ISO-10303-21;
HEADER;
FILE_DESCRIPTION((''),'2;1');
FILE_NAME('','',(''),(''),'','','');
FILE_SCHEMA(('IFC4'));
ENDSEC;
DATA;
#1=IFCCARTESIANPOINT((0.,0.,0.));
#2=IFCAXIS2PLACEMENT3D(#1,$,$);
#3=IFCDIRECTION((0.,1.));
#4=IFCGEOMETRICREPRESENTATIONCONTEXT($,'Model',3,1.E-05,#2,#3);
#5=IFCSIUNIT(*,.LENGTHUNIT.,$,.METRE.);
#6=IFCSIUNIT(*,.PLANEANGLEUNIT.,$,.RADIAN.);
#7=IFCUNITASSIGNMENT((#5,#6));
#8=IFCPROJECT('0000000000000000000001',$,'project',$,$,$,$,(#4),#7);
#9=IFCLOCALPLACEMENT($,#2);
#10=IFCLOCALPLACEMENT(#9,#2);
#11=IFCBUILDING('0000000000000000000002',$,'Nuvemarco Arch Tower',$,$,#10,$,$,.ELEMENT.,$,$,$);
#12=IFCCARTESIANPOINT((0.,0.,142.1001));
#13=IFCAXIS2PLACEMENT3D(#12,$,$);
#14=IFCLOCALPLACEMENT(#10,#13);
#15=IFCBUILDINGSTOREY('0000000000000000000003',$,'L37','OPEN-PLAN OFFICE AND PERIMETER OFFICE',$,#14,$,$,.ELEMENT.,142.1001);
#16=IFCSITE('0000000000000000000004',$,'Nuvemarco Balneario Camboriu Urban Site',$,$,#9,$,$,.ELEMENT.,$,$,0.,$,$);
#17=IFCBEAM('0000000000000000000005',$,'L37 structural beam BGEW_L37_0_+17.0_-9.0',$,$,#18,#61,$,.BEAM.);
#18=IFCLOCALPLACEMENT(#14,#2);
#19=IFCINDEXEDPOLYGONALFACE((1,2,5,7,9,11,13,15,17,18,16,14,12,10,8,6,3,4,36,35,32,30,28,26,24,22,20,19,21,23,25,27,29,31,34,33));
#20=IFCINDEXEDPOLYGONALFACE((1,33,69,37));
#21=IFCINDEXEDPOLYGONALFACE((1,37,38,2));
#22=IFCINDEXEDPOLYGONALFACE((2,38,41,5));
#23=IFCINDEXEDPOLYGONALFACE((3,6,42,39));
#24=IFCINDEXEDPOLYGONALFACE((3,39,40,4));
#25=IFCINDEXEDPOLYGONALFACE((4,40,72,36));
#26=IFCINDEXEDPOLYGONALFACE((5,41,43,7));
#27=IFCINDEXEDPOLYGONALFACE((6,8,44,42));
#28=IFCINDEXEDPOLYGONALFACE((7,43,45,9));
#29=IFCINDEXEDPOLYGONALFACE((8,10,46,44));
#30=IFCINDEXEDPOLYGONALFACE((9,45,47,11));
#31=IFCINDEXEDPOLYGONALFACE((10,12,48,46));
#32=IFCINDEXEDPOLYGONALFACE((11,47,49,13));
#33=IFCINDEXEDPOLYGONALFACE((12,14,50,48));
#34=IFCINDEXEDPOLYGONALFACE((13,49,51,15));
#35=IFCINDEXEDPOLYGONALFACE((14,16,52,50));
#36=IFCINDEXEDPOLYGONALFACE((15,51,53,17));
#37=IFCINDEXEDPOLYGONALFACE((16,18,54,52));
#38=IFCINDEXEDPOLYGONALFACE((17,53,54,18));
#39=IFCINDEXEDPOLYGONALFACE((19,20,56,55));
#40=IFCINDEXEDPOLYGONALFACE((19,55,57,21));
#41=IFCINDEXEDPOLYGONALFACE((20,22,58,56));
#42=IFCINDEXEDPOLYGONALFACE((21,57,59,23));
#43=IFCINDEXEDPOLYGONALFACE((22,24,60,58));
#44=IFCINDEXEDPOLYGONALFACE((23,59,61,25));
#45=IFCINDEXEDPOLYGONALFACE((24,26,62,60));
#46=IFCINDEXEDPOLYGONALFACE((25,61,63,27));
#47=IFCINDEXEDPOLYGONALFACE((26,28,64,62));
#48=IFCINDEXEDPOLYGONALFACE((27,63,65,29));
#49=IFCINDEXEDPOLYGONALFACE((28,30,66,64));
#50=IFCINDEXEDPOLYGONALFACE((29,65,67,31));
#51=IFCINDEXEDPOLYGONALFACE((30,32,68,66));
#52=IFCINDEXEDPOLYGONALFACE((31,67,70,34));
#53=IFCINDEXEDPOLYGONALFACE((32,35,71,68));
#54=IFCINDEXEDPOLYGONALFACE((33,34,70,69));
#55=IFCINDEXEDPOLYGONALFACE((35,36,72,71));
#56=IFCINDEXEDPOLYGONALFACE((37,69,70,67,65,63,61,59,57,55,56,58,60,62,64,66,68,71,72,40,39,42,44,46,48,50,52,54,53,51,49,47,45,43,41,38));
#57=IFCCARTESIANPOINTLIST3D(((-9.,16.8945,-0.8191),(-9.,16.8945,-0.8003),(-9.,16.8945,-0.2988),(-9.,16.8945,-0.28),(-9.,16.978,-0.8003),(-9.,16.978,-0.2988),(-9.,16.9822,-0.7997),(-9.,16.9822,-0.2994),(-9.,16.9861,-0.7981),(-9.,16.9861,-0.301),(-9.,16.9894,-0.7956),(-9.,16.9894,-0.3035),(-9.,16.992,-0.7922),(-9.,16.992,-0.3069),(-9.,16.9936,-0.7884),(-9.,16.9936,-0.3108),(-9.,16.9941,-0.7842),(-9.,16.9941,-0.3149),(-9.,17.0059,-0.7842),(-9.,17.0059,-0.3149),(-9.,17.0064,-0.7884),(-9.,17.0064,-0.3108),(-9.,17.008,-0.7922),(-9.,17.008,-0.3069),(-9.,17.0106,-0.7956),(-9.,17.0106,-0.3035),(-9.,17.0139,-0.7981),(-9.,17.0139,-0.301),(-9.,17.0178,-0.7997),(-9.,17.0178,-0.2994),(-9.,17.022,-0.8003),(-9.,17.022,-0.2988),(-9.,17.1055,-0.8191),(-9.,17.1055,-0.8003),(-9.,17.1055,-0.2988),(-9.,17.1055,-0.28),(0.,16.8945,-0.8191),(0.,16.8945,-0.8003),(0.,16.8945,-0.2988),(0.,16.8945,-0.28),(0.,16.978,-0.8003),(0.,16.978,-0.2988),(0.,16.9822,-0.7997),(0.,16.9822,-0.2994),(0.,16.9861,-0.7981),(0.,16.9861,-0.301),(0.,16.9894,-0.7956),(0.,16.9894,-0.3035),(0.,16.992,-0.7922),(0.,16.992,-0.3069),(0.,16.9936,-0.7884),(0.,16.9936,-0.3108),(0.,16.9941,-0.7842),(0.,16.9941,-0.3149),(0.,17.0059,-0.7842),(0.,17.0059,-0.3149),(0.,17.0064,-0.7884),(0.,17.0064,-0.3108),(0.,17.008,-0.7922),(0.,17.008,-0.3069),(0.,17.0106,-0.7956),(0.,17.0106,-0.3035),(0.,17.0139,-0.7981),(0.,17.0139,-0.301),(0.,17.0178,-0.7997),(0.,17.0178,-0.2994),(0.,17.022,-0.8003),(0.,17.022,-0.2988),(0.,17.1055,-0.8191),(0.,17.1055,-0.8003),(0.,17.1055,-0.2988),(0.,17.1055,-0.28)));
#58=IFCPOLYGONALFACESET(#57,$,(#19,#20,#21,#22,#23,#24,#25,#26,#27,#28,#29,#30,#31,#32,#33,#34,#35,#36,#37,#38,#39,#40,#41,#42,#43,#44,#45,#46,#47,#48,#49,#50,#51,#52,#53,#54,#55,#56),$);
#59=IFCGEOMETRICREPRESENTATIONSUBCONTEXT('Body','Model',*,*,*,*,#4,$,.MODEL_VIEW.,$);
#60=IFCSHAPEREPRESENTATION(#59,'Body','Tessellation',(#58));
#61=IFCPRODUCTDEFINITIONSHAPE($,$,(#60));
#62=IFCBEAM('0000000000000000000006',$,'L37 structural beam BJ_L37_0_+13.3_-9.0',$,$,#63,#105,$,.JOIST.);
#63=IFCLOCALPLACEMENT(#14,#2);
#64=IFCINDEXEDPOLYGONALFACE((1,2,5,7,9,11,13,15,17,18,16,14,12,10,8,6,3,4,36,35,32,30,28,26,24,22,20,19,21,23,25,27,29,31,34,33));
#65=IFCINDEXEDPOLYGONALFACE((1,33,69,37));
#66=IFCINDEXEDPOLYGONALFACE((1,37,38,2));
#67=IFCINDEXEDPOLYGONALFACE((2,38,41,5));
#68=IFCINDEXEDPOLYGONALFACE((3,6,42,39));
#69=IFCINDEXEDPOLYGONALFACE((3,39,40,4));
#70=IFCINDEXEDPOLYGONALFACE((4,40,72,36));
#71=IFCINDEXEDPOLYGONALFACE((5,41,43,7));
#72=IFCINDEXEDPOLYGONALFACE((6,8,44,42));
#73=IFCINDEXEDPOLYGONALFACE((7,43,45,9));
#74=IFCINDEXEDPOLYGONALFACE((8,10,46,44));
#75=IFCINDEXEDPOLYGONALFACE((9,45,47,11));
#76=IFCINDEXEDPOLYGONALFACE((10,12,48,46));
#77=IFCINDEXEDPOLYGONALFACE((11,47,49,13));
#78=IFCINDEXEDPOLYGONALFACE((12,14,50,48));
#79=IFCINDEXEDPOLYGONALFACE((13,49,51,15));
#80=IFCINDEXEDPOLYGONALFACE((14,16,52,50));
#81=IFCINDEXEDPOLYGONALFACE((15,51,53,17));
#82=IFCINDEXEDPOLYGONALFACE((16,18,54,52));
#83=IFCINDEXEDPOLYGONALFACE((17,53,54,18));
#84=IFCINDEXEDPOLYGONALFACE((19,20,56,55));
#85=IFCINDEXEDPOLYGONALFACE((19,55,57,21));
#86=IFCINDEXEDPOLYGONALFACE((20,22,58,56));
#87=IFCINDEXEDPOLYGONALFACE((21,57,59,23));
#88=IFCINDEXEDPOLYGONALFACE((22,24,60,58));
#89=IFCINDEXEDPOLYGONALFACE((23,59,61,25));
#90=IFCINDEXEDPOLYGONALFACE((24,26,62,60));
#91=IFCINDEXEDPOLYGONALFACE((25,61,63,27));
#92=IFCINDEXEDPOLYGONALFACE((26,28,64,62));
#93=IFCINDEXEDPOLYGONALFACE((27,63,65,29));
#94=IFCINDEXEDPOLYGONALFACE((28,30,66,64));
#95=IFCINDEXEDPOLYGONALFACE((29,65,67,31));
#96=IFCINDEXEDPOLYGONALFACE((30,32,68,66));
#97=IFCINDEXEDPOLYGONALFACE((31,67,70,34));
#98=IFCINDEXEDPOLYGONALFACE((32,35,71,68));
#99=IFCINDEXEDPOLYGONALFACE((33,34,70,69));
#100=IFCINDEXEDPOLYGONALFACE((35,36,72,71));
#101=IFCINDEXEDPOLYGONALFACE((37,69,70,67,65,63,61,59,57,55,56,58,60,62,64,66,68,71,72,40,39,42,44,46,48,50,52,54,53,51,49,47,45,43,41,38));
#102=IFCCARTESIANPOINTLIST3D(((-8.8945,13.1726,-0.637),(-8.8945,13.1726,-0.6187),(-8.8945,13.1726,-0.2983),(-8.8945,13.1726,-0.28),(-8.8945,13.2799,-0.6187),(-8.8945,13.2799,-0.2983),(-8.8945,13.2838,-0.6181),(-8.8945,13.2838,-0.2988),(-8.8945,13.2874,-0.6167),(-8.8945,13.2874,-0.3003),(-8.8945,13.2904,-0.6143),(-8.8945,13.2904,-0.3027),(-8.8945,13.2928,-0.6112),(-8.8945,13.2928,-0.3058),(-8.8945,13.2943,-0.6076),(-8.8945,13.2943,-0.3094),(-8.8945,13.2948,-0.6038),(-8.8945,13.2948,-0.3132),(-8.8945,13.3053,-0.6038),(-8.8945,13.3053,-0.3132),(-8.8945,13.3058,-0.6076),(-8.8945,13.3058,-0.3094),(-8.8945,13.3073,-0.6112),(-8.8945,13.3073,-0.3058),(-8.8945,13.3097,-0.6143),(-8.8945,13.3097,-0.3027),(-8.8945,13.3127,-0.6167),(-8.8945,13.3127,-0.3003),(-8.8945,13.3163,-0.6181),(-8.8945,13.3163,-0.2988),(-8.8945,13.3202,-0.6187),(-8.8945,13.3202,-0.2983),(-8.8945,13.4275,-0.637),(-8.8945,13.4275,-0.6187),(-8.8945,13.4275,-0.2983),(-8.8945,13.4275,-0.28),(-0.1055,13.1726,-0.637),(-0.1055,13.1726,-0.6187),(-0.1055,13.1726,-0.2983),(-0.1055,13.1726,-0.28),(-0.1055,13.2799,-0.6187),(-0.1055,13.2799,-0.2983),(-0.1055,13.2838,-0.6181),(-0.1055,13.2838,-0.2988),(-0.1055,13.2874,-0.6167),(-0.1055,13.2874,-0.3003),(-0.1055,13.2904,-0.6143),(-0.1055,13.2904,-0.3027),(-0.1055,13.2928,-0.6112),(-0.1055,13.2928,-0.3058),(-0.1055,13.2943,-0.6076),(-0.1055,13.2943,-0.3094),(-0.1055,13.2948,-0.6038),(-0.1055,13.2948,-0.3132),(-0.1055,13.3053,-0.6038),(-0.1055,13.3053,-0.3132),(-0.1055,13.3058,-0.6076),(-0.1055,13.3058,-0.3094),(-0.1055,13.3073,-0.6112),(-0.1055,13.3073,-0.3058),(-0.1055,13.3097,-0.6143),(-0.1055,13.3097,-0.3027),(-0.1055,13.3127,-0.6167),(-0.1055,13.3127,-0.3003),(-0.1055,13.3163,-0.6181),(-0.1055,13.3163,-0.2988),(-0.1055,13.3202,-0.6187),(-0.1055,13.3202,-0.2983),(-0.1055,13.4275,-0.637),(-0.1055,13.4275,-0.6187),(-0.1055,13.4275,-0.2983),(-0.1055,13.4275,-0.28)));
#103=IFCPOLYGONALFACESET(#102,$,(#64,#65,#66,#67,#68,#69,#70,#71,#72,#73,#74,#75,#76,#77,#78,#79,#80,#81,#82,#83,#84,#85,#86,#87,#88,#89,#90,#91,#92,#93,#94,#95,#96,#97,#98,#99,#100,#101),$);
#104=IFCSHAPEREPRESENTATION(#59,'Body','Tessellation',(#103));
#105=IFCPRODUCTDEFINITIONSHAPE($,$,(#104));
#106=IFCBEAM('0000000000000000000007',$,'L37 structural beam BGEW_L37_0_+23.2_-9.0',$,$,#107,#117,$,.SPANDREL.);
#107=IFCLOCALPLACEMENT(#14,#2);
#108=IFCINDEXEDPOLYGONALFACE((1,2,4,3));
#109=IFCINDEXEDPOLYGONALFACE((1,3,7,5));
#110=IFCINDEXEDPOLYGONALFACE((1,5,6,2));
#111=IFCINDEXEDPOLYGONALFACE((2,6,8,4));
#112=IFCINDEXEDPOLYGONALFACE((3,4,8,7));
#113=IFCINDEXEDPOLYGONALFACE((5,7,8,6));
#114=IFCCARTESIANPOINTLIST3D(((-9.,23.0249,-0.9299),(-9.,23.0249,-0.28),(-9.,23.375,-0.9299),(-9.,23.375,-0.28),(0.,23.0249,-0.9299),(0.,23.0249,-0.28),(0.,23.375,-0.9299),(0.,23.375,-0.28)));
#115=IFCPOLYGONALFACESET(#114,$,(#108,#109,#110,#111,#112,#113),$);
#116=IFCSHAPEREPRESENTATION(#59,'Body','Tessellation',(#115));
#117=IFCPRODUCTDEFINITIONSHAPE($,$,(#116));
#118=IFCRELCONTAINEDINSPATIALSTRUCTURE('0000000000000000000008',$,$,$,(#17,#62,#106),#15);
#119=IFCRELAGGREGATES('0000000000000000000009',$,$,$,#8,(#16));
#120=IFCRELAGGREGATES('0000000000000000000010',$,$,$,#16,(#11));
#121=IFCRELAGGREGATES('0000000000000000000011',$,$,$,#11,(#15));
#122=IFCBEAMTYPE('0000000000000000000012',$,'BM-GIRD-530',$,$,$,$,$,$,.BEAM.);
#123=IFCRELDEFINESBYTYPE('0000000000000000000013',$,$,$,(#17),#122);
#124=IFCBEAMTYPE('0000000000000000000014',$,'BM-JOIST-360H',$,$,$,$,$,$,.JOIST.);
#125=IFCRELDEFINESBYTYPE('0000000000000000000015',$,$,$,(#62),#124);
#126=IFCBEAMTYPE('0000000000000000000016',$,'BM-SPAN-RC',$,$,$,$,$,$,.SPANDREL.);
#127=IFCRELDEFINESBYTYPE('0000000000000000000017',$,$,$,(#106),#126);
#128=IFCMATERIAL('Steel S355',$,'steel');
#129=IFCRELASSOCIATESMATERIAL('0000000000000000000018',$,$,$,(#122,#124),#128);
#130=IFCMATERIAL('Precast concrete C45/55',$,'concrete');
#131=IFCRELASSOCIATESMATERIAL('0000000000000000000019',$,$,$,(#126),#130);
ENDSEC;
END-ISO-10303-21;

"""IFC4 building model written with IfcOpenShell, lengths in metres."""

from ifc_helpers import new_model, si_unit, direction, frame, origin, origin_2d, place, context, subcontext, project, spatial, rectangle, i_section, extrude, material, material_profile, profile_set, type_object, element, save


model = new_model("IFC4")

# Units and contexts
model_context = context("Model", 3, precision=1e-05, world=origin(), true_north=direction((0.0, 1.0)))
body_context = subcontext(model_context, "Body", "Model", "MODEL_VIEW")
ifc_project = project(units=[si_unit("LENGTHUNIT", "METRE"), si_unit("PLANEANGLEUNIT", "RADIAN")], contexts=[model_context])

# Site, building, storey
site_placement = place(None, origin())
site = spatial("IfcSite", under=ifc_project, at=site_placement, Name="Nuvemarco Balneario Camboriu Urban Site", CompositionType="ELEMENT", RefElevation=0.0)
building_placement = place(site_placement, origin())
building = spatial("IfcBuilding", under=site, at=building_placement, Name="Nuvemarco Arch Tower", CompositionType="ELEMENT")
storey_placement = place(building_placement, frame((0.0, 0.0, 142.1001)))
storey = spatial("IfcBuildingStorey", under=building, at=storey_placement, Name="L37", Description="OPEN-PLAN OFFICE AND PERIMETER OFFICE", CompositionType="ELEMENT", Elevation=142.1001)

# Shared definitions
ifc_material_1 = material(Name="Steel S355", Category="steel")

# Beams
ifc_material_profile_1 = material_profile(ifc_material_1, i_section(OverallWidth=0.2109, OverallDepth=0.5391, WebThickness=0.0117, FlangeThickness=0.0188, FilletRadius=0.0161, at=origin_2d()), Name="W530x109")
ifc_profile_set_1 = profile_set([ifc_material_profile_1], Name="Steel S355")
beam_type_1 = type_object("IfcBeamType", Name="BM-GIRD-530", PredefinedType="BEAM", material=ifc_profile_set_1)
beam_1_placement = place(storey_placement, frame((-9.0, 17.0, -0.5496), z_axis=(1.0, 0.0, 0.0), x_axis=(0.0, 1.0, 0.0)))
element("IfcBeam", 1, at=beam_1_placement, inside=storey, type_object=beam_type_1, Name="L37 structural beam BGEW_L37_0_+17.0_-9.0", PredefinedType="BEAM", context=body_context, shape_type="SweptSolid", body=[
    extrude(i_section(OverallWidth=0.2109, OverallDepth=0.5391, WebThickness=0.0117, FlangeThickness=0.0188, FilletRadius=0.0161, at=origin_2d()), origin(), (0.0, 0.0, 1.0), 9.0),
])
ifc_material_profile_2 = material_profile(ifc_material_1, i_section(OverallWidth=0.2549, OverallDepth=0.3569, WebThickness=0.0105, FlangeThickness=0.0183, FilletRadius=0.0149, at=origin_2d()), Name="W360x101")
ifc_profile_set_2 = profile_set([ifc_material_profile_2], Name="Steel S355")
beam_type_2 = type_object("IfcBeamType", Name="BM-JOIST-360H", PredefinedType="JOIST", material=ifc_profile_set_2)
beam_2_placement = place(storey_placement, frame((-8.8945, 13.3, -0.4585), z_axis=(1.0, 0.0, 0.0), x_axis=(0.0, 1.0, 0.0)))
element("IfcBeam", 2, at=beam_2_placement, inside=storey, type_object=beam_type_2, Name="L37 structural beam BJ_L37_0_+13.3_-9.0", PredefinedType="JOIST", context=body_context, shape_type="SweptSolid", body=[
    extrude(i_section(OverallWidth=0.2549, OverallDepth=0.3569, WebThickness=0.0105, FlangeThickness=0.0183, FilletRadius=0.0149, at=origin_2d()), origin(), (0.0, 0.0, 1.0), 8.7891),
])
ifc_material_2 = material(Name="Precast concrete C45/55", Category="concrete")
ifc_material_profile_3 = material_profile(ifc_material_2, rectangle(XDim=0.3501, YDim=0.6499, at=origin_2d()), Name="PC-SP-350x650")
ifc_profile_set_3 = profile_set([ifc_material_profile_3], Name="Precast concrete C45/55")
beam_type_3 = type_object("IfcBeamType", Name="BM-SPAN-RC", PredefinedType="SPANDREL", material=ifc_profile_set_3)
beam_3_placement = place(storey_placement, frame((-9.0, 23.2, -0.605), z_axis=(1.0, 0.0, 0.0), x_axis=(0.0, 1.0, 0.0)))
element("IfcBeam", 3, at=beam_3_placement, inside=storey, type_object=beam_type_3, Name="L37 structural beam BGEW_L37_0_+23.2_-9.0", PredefinedType="SPANDREL", context=body_context, shape_type="SweptSolid", body=[
    extrude(rectangle(XDim=0.3501, YDim=0.6499, at=origin_2d()), origin(), (0.0, 0.0, 1.0), 9.0),
])

save(model, "model.ifc")
